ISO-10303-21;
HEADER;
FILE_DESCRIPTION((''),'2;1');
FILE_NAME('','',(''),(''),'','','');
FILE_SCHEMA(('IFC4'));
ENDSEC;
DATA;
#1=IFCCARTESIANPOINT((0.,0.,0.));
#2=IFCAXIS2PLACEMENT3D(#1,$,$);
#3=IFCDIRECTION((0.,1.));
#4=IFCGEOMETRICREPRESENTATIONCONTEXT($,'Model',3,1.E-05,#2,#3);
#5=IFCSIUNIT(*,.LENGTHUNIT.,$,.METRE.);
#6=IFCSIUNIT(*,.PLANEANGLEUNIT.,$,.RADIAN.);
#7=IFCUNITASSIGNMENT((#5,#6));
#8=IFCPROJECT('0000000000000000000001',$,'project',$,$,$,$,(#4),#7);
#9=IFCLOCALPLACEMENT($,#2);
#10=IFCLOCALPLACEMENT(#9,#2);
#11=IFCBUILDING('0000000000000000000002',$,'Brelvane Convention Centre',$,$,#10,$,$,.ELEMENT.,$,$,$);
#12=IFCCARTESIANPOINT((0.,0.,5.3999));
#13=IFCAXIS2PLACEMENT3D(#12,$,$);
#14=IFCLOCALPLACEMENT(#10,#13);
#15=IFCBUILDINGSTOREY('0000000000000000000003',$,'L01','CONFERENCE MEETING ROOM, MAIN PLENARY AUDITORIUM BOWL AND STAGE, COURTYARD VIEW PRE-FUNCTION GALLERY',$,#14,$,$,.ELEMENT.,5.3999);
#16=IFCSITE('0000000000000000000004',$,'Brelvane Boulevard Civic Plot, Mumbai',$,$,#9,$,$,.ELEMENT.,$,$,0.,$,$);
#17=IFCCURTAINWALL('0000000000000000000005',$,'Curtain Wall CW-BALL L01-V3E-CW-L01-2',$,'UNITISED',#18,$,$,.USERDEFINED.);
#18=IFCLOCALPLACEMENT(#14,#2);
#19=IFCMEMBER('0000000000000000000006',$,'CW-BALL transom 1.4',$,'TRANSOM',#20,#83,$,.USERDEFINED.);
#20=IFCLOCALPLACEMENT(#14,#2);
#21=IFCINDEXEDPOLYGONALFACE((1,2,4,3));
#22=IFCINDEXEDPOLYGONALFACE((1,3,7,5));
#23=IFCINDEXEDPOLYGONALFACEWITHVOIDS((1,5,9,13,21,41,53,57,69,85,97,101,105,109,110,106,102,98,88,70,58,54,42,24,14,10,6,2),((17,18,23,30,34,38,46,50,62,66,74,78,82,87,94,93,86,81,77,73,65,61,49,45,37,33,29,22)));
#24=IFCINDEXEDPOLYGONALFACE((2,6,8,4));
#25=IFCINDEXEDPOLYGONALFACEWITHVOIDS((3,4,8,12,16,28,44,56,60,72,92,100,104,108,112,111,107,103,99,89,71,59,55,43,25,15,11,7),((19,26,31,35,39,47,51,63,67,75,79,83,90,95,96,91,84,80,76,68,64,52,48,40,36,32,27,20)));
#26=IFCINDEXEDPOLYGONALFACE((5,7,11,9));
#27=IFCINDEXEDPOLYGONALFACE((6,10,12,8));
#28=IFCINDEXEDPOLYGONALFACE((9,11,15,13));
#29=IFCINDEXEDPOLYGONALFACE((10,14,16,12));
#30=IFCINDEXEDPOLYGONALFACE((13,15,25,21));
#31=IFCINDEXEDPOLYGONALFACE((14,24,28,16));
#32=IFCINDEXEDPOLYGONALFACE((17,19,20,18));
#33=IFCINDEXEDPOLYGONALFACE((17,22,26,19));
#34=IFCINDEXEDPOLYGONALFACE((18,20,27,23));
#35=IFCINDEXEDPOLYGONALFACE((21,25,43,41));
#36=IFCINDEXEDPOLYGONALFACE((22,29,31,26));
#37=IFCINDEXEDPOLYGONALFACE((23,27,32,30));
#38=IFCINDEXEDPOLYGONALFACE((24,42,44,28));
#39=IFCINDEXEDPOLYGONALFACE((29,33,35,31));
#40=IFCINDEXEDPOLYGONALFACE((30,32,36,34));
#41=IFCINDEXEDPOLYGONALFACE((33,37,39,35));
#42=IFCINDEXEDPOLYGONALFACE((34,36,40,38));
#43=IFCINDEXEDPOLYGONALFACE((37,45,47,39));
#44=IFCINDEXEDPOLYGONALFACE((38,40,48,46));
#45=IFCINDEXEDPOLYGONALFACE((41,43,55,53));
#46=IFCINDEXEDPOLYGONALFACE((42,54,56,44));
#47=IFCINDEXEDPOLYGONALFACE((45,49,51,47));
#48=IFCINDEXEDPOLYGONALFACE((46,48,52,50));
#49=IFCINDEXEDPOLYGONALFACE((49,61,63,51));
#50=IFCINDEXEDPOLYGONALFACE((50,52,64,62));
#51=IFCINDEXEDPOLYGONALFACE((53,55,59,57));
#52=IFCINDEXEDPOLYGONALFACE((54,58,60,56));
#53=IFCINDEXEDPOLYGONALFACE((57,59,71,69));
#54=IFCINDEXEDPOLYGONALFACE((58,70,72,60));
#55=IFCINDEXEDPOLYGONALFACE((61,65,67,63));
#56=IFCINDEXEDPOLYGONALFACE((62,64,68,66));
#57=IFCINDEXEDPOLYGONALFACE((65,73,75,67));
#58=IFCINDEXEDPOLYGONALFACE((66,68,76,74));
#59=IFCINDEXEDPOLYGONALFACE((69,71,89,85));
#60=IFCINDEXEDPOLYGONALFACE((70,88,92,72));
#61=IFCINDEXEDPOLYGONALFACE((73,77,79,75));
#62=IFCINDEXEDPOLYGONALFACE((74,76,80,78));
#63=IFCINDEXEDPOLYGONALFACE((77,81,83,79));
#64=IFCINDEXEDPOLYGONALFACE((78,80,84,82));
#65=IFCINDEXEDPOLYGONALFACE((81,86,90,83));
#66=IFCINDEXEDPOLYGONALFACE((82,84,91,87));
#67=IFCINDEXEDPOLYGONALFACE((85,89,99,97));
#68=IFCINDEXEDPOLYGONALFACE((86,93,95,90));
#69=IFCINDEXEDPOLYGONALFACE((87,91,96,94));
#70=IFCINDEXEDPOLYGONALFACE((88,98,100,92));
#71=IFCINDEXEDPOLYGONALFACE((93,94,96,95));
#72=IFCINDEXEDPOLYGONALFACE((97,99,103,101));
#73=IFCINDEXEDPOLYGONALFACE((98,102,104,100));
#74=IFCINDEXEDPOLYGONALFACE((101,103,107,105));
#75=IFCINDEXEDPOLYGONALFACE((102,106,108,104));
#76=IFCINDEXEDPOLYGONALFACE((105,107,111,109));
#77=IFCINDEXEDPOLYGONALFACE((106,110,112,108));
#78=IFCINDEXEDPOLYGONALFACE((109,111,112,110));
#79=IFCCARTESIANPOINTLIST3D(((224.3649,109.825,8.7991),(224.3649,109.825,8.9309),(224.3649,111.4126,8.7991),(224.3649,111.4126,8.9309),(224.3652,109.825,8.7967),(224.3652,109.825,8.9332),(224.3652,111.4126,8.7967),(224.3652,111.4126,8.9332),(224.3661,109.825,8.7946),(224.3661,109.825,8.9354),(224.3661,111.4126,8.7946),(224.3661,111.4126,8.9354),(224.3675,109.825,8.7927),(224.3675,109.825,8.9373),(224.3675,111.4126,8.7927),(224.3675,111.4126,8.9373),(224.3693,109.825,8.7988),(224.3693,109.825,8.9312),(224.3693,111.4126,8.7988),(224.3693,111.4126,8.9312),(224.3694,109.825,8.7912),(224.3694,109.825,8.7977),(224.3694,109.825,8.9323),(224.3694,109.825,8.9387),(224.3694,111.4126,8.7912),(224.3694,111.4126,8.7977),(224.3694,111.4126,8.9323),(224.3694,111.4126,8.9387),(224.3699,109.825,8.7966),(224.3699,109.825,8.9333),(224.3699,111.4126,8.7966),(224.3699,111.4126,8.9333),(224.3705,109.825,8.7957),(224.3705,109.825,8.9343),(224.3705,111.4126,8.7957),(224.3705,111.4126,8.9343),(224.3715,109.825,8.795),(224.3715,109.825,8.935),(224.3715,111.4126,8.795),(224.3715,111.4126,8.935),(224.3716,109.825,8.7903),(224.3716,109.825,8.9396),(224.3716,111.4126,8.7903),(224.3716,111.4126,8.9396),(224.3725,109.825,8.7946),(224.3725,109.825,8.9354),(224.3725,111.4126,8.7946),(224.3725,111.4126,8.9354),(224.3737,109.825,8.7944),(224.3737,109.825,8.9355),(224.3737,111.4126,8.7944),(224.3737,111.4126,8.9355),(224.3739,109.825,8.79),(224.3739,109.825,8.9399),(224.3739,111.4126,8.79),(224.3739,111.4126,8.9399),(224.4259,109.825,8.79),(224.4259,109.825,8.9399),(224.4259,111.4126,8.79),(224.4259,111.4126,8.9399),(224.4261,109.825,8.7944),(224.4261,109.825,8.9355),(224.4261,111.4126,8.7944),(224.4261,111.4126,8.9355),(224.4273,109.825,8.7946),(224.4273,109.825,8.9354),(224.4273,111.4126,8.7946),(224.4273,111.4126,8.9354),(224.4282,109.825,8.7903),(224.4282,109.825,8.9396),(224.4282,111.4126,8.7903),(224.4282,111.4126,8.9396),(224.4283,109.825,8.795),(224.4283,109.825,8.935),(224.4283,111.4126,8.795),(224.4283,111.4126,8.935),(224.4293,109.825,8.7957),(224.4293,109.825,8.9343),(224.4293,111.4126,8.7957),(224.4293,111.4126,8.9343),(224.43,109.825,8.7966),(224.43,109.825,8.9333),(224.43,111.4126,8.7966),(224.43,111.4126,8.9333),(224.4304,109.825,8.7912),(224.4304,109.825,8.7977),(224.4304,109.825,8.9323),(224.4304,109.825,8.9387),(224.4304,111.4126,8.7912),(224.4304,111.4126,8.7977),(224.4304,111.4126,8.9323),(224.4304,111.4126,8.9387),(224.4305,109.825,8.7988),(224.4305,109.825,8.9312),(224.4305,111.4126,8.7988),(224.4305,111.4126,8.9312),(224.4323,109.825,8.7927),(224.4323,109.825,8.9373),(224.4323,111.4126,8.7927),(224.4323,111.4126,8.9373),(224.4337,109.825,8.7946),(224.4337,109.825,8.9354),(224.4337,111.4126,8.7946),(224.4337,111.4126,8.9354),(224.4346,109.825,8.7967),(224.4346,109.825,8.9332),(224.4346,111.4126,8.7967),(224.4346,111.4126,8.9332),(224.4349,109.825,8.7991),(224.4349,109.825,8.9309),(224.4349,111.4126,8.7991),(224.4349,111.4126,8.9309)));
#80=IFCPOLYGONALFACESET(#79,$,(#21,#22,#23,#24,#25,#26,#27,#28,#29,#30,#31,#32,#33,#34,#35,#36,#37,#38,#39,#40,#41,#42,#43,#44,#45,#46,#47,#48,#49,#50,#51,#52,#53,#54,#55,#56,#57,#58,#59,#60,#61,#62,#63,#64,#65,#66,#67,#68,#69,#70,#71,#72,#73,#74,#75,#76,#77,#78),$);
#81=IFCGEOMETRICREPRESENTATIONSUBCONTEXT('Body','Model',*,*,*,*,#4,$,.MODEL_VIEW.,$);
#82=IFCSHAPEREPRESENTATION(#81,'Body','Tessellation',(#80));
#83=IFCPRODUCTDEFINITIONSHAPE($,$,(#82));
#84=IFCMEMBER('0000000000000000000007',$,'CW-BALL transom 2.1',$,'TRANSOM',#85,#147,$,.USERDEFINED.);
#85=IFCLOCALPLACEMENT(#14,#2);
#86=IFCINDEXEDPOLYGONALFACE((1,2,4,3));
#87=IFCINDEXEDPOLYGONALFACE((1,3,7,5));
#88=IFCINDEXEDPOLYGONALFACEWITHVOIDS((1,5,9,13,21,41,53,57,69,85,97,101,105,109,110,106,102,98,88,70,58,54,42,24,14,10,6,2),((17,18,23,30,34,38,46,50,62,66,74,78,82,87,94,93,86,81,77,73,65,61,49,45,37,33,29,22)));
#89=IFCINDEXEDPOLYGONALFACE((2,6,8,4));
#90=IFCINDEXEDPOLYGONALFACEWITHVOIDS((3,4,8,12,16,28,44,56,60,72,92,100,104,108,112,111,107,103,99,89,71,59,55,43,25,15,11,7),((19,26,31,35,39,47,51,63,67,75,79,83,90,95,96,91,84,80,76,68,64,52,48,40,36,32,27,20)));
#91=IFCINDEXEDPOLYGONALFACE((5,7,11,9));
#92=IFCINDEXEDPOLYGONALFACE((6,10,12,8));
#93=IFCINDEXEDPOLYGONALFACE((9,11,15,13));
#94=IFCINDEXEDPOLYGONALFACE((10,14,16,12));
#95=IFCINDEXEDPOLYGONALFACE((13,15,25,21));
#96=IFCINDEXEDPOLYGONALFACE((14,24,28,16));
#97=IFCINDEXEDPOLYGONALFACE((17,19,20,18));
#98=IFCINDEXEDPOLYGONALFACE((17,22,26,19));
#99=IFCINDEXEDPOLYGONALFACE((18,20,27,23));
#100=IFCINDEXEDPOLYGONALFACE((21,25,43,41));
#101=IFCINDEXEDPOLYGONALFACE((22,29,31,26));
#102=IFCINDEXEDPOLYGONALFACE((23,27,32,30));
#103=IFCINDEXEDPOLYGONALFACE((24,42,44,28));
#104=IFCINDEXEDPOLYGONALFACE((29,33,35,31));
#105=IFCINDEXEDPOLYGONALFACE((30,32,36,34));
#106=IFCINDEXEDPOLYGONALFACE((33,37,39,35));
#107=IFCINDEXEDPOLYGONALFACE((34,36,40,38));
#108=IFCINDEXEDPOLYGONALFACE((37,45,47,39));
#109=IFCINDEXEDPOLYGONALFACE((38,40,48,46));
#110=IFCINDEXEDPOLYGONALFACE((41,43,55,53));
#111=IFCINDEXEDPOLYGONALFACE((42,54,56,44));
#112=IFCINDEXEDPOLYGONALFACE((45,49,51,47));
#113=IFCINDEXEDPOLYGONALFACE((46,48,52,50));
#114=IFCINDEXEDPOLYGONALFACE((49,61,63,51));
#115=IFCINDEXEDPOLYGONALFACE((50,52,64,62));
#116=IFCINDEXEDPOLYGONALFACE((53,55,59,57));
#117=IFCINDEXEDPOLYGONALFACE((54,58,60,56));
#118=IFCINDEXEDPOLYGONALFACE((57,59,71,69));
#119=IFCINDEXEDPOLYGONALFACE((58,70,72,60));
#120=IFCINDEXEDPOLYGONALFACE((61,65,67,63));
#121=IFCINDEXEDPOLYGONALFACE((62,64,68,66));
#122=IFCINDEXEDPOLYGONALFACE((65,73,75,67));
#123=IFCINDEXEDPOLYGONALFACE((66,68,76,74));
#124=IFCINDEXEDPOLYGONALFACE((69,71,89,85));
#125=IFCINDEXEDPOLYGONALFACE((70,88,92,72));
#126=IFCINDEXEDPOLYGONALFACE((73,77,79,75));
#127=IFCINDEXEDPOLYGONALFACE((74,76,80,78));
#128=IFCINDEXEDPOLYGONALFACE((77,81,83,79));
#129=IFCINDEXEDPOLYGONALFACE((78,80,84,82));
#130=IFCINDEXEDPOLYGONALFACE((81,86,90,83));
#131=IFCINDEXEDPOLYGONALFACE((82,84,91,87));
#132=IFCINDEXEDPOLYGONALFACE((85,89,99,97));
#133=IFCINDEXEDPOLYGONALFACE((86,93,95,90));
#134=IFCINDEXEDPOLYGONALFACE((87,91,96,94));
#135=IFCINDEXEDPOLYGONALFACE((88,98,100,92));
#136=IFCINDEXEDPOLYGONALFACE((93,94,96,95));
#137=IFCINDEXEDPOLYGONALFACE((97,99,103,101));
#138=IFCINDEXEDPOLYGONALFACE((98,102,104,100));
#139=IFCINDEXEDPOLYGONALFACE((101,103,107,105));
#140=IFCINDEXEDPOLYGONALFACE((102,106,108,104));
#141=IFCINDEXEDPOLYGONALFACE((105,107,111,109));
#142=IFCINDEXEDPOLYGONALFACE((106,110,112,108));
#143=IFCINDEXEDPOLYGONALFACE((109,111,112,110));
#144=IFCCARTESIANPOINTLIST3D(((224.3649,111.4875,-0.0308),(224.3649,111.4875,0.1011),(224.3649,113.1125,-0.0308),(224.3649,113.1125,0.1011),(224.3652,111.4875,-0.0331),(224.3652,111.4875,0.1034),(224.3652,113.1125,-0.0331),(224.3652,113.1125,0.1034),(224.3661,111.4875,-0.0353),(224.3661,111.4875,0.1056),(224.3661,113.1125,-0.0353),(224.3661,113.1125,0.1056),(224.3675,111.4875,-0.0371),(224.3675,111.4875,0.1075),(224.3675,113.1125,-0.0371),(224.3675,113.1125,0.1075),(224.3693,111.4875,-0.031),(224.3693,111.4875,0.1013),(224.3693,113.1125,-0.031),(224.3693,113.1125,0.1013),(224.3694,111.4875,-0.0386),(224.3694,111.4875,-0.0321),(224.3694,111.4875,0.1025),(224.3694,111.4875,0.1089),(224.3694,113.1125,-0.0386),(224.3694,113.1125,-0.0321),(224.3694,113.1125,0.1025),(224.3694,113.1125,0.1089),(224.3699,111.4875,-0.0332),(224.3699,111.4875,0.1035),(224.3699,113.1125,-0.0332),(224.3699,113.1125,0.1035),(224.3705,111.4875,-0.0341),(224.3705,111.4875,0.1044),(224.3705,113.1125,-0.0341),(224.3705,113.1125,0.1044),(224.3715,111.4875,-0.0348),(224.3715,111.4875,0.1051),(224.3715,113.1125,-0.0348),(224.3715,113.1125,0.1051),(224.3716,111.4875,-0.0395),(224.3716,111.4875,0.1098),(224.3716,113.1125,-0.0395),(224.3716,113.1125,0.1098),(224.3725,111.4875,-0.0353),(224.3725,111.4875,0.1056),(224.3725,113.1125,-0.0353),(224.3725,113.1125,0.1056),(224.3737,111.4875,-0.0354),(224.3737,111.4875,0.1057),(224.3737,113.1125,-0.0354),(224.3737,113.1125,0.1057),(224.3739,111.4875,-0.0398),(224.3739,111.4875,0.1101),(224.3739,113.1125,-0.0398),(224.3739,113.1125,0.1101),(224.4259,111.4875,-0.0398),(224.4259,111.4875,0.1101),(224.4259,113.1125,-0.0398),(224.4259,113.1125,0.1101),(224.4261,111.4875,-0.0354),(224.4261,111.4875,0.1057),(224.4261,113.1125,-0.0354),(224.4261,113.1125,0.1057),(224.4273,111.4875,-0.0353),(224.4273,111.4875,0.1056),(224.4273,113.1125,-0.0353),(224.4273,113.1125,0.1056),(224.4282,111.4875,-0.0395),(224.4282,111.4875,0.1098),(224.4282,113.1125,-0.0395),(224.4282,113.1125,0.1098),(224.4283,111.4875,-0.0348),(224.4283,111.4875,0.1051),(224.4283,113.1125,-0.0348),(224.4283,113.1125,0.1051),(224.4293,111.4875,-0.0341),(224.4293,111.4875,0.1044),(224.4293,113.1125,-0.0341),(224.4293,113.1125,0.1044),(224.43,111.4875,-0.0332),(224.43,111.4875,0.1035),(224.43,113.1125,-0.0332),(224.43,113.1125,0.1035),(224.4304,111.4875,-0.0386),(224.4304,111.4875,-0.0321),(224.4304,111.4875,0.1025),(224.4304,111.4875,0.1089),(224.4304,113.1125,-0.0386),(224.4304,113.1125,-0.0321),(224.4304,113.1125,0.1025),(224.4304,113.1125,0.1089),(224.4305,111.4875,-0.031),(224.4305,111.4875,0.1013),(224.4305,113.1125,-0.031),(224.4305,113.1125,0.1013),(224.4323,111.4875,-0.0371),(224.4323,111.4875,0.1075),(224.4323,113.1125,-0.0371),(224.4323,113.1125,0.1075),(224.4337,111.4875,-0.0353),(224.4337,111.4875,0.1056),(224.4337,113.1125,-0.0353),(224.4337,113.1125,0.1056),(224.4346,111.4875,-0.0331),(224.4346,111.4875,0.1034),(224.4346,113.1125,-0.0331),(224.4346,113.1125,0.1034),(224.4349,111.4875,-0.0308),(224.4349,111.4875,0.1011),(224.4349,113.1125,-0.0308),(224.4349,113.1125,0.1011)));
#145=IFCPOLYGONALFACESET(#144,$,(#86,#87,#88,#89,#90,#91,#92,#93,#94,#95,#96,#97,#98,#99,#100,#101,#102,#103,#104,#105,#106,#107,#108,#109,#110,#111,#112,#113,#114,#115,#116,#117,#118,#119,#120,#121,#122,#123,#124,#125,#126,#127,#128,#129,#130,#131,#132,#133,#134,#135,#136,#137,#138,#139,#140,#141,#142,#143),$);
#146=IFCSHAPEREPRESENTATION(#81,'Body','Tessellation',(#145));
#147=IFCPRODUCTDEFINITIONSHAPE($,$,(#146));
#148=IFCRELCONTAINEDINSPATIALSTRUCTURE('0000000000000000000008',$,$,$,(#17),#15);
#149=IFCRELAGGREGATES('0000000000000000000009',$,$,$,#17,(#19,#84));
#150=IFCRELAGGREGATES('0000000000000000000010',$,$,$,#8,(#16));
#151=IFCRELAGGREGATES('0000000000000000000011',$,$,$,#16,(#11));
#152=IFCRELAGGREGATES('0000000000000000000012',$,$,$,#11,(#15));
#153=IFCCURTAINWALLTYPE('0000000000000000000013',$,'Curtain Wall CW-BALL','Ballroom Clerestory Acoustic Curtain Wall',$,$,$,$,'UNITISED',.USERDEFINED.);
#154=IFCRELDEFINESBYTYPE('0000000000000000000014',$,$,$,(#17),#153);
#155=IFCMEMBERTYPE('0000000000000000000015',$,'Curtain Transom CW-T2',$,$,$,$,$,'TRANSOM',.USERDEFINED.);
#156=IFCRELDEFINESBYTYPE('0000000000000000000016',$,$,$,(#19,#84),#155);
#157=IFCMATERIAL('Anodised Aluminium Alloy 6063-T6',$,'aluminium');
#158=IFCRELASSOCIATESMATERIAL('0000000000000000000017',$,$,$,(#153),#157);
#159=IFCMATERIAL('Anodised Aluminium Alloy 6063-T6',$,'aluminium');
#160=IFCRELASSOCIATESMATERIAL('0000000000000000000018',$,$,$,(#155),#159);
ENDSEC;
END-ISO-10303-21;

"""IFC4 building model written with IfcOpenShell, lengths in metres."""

from ifc_helpers import new_model, si_unit, direction, frame, origin, origin_2d, place, context, subcontext, project, spatial, hollow_rectangle, extrude, material, material_profile, profile_set, type_object, element, aggregate, save


model = new_model("IFC4")

# Units and contexts
model_context = context("Model", 3, precision=1e-05, world=origin(), true_north=direction((0.0, 1.0)))
body_context = subcontext(model_context, "Body", "Model", "MODEL_VIEW")
ifc_project = project(units=[si_unit("LENGTHUNIT", "METRE"), si_unit("PLANEANGLEUNIT", "RADIAN")], contexts=[model_context])

# Site, building, storey
site_placement = place(None, origin())
site = spatial("IfcSite", under=ifc_project, at=site_placement, Name="Brelvane Boulevard Civic Plot, Mumbai", CompositionType="ELEMENT", RefElevation=0.0)
building_placement = place(site_placement, origin())
building = spatial("IfcBuilding", under=site, at=building_placement, Name="Brelvane Convention Centre", CompositionType="ELEMENT")
storey_placement = place(building_placement, frame((0.0, 0.0, 5.3999)))
storey = spatial("IfcBuildingStorey", under=building, at=storey_placement, Name="L01", Description="CONFERENCE MEETING ROOM, MAIN PLENARY AUDITORIUM BOWL AND STAGE, COURTYARD VIEW PRE-FUNCTION GALLERY", CompositionType="ELEMENT", Elevation=5.3999)

# Curtain wall, members
ifc_material_1 = material(Name="Anodised Aluminium Alloy 6063-T6", Category="aluminium")
curtain_wall_type = type_object("IfcCurtainWallType", Name="Curtain Wall CW-BALL", Description="Ballroom Clerestory Acoustic Curtain Wall", ElementType="UNITISED", PredefinedType="USERDEFINED", material=ifc_material_1)
curtain_wall_placement = place(storey_placement, origin())
curtain_wall = element("IfcCurtainWall", 1, at=curtain_wall_placement, inside=storey, type_object=curtain_wall_type, Name="Curtain Wall CW-BALL L01-V3E-CW-L01-2", ObjectType="UNITISED", PredefinedType="USERDEFINED")
ifc_material_2 = material(Name="Anodised Aluminium Alloy 6063-T6", Category="aluminium")
ifc_material_profile_1 = material_profile(ifc_material_2, hollow_rectangle(XDim=0.0701, YDim=0.1499, WallThickness=0.0044, InnerFilletRadius=0.0044, OuterFilletRadius=0.009, at=origin_2d()), Name="ALU-T 150x70x4.5")
ifc_profile_set_1 = profile_set([ifc_material_profile_1], Name="Anodised Aluminium Alloy 6063-T6")
member_type_1 = type_object("IfcMemberType", Name="Curtain Transom CW-T2", ElementType="TRANSOM", PredefinedType="USERDEFINED", material=ifc_profile_set_1)
member_1_placement = place(storey_placement, frame((224.3999, 109.825, 8.865), z_axis=(0.0, 1.0, 0.0), x_axis=(-1.0, 0.0, 0.0)))
member_1 = element("IfcMember", 2, at=member_1_placement, type_object=member_type_1, Name="CW-BALL transom 1.4", ObjectType="TRANSOM", PredefinedType="USERDEFINED", context=body_context, shape_type="SweptSolid", body=[
    extrude(hollow_rectangle(XDim=0.0701, YDim=0.1499, WallThickness=0.0044, InnerFilletRadius=0.0044, OuterFilletRadius=0.009, at=origin_2d()), origin(), (0.0, 0.0, 1.0), 1.5876),
])
member_2_placement = place(storey_placement, frame((224.3999, 111.4875, 0.0352), z_axis=(0.0, 1.0, 0.0), x_axis=(-1.0, 0.0, 0.0)))
member_2 = element("IfcMember", 3, at=member_2_placement, type_object=member_type_1, Name="CW-BALL transom 2.1", ObjectType="TRANSOM", PredefinedType="USERDEFINED", context=body_context, shape_type="SweptSolid", body=[
    extrude(hollow_rectangle(XDim=0.0701, YDim=0.1499, WallThickness=0.0044, InnerFilletRadius=0.0044, OuterFilletRadius=0.009, at=origin_2d()), origin(), (0.0, 0.0, 1.0), 1.625),
])
aggregate(curtain_wall, [member_1, member_2])

save(model, "model.ifc")
